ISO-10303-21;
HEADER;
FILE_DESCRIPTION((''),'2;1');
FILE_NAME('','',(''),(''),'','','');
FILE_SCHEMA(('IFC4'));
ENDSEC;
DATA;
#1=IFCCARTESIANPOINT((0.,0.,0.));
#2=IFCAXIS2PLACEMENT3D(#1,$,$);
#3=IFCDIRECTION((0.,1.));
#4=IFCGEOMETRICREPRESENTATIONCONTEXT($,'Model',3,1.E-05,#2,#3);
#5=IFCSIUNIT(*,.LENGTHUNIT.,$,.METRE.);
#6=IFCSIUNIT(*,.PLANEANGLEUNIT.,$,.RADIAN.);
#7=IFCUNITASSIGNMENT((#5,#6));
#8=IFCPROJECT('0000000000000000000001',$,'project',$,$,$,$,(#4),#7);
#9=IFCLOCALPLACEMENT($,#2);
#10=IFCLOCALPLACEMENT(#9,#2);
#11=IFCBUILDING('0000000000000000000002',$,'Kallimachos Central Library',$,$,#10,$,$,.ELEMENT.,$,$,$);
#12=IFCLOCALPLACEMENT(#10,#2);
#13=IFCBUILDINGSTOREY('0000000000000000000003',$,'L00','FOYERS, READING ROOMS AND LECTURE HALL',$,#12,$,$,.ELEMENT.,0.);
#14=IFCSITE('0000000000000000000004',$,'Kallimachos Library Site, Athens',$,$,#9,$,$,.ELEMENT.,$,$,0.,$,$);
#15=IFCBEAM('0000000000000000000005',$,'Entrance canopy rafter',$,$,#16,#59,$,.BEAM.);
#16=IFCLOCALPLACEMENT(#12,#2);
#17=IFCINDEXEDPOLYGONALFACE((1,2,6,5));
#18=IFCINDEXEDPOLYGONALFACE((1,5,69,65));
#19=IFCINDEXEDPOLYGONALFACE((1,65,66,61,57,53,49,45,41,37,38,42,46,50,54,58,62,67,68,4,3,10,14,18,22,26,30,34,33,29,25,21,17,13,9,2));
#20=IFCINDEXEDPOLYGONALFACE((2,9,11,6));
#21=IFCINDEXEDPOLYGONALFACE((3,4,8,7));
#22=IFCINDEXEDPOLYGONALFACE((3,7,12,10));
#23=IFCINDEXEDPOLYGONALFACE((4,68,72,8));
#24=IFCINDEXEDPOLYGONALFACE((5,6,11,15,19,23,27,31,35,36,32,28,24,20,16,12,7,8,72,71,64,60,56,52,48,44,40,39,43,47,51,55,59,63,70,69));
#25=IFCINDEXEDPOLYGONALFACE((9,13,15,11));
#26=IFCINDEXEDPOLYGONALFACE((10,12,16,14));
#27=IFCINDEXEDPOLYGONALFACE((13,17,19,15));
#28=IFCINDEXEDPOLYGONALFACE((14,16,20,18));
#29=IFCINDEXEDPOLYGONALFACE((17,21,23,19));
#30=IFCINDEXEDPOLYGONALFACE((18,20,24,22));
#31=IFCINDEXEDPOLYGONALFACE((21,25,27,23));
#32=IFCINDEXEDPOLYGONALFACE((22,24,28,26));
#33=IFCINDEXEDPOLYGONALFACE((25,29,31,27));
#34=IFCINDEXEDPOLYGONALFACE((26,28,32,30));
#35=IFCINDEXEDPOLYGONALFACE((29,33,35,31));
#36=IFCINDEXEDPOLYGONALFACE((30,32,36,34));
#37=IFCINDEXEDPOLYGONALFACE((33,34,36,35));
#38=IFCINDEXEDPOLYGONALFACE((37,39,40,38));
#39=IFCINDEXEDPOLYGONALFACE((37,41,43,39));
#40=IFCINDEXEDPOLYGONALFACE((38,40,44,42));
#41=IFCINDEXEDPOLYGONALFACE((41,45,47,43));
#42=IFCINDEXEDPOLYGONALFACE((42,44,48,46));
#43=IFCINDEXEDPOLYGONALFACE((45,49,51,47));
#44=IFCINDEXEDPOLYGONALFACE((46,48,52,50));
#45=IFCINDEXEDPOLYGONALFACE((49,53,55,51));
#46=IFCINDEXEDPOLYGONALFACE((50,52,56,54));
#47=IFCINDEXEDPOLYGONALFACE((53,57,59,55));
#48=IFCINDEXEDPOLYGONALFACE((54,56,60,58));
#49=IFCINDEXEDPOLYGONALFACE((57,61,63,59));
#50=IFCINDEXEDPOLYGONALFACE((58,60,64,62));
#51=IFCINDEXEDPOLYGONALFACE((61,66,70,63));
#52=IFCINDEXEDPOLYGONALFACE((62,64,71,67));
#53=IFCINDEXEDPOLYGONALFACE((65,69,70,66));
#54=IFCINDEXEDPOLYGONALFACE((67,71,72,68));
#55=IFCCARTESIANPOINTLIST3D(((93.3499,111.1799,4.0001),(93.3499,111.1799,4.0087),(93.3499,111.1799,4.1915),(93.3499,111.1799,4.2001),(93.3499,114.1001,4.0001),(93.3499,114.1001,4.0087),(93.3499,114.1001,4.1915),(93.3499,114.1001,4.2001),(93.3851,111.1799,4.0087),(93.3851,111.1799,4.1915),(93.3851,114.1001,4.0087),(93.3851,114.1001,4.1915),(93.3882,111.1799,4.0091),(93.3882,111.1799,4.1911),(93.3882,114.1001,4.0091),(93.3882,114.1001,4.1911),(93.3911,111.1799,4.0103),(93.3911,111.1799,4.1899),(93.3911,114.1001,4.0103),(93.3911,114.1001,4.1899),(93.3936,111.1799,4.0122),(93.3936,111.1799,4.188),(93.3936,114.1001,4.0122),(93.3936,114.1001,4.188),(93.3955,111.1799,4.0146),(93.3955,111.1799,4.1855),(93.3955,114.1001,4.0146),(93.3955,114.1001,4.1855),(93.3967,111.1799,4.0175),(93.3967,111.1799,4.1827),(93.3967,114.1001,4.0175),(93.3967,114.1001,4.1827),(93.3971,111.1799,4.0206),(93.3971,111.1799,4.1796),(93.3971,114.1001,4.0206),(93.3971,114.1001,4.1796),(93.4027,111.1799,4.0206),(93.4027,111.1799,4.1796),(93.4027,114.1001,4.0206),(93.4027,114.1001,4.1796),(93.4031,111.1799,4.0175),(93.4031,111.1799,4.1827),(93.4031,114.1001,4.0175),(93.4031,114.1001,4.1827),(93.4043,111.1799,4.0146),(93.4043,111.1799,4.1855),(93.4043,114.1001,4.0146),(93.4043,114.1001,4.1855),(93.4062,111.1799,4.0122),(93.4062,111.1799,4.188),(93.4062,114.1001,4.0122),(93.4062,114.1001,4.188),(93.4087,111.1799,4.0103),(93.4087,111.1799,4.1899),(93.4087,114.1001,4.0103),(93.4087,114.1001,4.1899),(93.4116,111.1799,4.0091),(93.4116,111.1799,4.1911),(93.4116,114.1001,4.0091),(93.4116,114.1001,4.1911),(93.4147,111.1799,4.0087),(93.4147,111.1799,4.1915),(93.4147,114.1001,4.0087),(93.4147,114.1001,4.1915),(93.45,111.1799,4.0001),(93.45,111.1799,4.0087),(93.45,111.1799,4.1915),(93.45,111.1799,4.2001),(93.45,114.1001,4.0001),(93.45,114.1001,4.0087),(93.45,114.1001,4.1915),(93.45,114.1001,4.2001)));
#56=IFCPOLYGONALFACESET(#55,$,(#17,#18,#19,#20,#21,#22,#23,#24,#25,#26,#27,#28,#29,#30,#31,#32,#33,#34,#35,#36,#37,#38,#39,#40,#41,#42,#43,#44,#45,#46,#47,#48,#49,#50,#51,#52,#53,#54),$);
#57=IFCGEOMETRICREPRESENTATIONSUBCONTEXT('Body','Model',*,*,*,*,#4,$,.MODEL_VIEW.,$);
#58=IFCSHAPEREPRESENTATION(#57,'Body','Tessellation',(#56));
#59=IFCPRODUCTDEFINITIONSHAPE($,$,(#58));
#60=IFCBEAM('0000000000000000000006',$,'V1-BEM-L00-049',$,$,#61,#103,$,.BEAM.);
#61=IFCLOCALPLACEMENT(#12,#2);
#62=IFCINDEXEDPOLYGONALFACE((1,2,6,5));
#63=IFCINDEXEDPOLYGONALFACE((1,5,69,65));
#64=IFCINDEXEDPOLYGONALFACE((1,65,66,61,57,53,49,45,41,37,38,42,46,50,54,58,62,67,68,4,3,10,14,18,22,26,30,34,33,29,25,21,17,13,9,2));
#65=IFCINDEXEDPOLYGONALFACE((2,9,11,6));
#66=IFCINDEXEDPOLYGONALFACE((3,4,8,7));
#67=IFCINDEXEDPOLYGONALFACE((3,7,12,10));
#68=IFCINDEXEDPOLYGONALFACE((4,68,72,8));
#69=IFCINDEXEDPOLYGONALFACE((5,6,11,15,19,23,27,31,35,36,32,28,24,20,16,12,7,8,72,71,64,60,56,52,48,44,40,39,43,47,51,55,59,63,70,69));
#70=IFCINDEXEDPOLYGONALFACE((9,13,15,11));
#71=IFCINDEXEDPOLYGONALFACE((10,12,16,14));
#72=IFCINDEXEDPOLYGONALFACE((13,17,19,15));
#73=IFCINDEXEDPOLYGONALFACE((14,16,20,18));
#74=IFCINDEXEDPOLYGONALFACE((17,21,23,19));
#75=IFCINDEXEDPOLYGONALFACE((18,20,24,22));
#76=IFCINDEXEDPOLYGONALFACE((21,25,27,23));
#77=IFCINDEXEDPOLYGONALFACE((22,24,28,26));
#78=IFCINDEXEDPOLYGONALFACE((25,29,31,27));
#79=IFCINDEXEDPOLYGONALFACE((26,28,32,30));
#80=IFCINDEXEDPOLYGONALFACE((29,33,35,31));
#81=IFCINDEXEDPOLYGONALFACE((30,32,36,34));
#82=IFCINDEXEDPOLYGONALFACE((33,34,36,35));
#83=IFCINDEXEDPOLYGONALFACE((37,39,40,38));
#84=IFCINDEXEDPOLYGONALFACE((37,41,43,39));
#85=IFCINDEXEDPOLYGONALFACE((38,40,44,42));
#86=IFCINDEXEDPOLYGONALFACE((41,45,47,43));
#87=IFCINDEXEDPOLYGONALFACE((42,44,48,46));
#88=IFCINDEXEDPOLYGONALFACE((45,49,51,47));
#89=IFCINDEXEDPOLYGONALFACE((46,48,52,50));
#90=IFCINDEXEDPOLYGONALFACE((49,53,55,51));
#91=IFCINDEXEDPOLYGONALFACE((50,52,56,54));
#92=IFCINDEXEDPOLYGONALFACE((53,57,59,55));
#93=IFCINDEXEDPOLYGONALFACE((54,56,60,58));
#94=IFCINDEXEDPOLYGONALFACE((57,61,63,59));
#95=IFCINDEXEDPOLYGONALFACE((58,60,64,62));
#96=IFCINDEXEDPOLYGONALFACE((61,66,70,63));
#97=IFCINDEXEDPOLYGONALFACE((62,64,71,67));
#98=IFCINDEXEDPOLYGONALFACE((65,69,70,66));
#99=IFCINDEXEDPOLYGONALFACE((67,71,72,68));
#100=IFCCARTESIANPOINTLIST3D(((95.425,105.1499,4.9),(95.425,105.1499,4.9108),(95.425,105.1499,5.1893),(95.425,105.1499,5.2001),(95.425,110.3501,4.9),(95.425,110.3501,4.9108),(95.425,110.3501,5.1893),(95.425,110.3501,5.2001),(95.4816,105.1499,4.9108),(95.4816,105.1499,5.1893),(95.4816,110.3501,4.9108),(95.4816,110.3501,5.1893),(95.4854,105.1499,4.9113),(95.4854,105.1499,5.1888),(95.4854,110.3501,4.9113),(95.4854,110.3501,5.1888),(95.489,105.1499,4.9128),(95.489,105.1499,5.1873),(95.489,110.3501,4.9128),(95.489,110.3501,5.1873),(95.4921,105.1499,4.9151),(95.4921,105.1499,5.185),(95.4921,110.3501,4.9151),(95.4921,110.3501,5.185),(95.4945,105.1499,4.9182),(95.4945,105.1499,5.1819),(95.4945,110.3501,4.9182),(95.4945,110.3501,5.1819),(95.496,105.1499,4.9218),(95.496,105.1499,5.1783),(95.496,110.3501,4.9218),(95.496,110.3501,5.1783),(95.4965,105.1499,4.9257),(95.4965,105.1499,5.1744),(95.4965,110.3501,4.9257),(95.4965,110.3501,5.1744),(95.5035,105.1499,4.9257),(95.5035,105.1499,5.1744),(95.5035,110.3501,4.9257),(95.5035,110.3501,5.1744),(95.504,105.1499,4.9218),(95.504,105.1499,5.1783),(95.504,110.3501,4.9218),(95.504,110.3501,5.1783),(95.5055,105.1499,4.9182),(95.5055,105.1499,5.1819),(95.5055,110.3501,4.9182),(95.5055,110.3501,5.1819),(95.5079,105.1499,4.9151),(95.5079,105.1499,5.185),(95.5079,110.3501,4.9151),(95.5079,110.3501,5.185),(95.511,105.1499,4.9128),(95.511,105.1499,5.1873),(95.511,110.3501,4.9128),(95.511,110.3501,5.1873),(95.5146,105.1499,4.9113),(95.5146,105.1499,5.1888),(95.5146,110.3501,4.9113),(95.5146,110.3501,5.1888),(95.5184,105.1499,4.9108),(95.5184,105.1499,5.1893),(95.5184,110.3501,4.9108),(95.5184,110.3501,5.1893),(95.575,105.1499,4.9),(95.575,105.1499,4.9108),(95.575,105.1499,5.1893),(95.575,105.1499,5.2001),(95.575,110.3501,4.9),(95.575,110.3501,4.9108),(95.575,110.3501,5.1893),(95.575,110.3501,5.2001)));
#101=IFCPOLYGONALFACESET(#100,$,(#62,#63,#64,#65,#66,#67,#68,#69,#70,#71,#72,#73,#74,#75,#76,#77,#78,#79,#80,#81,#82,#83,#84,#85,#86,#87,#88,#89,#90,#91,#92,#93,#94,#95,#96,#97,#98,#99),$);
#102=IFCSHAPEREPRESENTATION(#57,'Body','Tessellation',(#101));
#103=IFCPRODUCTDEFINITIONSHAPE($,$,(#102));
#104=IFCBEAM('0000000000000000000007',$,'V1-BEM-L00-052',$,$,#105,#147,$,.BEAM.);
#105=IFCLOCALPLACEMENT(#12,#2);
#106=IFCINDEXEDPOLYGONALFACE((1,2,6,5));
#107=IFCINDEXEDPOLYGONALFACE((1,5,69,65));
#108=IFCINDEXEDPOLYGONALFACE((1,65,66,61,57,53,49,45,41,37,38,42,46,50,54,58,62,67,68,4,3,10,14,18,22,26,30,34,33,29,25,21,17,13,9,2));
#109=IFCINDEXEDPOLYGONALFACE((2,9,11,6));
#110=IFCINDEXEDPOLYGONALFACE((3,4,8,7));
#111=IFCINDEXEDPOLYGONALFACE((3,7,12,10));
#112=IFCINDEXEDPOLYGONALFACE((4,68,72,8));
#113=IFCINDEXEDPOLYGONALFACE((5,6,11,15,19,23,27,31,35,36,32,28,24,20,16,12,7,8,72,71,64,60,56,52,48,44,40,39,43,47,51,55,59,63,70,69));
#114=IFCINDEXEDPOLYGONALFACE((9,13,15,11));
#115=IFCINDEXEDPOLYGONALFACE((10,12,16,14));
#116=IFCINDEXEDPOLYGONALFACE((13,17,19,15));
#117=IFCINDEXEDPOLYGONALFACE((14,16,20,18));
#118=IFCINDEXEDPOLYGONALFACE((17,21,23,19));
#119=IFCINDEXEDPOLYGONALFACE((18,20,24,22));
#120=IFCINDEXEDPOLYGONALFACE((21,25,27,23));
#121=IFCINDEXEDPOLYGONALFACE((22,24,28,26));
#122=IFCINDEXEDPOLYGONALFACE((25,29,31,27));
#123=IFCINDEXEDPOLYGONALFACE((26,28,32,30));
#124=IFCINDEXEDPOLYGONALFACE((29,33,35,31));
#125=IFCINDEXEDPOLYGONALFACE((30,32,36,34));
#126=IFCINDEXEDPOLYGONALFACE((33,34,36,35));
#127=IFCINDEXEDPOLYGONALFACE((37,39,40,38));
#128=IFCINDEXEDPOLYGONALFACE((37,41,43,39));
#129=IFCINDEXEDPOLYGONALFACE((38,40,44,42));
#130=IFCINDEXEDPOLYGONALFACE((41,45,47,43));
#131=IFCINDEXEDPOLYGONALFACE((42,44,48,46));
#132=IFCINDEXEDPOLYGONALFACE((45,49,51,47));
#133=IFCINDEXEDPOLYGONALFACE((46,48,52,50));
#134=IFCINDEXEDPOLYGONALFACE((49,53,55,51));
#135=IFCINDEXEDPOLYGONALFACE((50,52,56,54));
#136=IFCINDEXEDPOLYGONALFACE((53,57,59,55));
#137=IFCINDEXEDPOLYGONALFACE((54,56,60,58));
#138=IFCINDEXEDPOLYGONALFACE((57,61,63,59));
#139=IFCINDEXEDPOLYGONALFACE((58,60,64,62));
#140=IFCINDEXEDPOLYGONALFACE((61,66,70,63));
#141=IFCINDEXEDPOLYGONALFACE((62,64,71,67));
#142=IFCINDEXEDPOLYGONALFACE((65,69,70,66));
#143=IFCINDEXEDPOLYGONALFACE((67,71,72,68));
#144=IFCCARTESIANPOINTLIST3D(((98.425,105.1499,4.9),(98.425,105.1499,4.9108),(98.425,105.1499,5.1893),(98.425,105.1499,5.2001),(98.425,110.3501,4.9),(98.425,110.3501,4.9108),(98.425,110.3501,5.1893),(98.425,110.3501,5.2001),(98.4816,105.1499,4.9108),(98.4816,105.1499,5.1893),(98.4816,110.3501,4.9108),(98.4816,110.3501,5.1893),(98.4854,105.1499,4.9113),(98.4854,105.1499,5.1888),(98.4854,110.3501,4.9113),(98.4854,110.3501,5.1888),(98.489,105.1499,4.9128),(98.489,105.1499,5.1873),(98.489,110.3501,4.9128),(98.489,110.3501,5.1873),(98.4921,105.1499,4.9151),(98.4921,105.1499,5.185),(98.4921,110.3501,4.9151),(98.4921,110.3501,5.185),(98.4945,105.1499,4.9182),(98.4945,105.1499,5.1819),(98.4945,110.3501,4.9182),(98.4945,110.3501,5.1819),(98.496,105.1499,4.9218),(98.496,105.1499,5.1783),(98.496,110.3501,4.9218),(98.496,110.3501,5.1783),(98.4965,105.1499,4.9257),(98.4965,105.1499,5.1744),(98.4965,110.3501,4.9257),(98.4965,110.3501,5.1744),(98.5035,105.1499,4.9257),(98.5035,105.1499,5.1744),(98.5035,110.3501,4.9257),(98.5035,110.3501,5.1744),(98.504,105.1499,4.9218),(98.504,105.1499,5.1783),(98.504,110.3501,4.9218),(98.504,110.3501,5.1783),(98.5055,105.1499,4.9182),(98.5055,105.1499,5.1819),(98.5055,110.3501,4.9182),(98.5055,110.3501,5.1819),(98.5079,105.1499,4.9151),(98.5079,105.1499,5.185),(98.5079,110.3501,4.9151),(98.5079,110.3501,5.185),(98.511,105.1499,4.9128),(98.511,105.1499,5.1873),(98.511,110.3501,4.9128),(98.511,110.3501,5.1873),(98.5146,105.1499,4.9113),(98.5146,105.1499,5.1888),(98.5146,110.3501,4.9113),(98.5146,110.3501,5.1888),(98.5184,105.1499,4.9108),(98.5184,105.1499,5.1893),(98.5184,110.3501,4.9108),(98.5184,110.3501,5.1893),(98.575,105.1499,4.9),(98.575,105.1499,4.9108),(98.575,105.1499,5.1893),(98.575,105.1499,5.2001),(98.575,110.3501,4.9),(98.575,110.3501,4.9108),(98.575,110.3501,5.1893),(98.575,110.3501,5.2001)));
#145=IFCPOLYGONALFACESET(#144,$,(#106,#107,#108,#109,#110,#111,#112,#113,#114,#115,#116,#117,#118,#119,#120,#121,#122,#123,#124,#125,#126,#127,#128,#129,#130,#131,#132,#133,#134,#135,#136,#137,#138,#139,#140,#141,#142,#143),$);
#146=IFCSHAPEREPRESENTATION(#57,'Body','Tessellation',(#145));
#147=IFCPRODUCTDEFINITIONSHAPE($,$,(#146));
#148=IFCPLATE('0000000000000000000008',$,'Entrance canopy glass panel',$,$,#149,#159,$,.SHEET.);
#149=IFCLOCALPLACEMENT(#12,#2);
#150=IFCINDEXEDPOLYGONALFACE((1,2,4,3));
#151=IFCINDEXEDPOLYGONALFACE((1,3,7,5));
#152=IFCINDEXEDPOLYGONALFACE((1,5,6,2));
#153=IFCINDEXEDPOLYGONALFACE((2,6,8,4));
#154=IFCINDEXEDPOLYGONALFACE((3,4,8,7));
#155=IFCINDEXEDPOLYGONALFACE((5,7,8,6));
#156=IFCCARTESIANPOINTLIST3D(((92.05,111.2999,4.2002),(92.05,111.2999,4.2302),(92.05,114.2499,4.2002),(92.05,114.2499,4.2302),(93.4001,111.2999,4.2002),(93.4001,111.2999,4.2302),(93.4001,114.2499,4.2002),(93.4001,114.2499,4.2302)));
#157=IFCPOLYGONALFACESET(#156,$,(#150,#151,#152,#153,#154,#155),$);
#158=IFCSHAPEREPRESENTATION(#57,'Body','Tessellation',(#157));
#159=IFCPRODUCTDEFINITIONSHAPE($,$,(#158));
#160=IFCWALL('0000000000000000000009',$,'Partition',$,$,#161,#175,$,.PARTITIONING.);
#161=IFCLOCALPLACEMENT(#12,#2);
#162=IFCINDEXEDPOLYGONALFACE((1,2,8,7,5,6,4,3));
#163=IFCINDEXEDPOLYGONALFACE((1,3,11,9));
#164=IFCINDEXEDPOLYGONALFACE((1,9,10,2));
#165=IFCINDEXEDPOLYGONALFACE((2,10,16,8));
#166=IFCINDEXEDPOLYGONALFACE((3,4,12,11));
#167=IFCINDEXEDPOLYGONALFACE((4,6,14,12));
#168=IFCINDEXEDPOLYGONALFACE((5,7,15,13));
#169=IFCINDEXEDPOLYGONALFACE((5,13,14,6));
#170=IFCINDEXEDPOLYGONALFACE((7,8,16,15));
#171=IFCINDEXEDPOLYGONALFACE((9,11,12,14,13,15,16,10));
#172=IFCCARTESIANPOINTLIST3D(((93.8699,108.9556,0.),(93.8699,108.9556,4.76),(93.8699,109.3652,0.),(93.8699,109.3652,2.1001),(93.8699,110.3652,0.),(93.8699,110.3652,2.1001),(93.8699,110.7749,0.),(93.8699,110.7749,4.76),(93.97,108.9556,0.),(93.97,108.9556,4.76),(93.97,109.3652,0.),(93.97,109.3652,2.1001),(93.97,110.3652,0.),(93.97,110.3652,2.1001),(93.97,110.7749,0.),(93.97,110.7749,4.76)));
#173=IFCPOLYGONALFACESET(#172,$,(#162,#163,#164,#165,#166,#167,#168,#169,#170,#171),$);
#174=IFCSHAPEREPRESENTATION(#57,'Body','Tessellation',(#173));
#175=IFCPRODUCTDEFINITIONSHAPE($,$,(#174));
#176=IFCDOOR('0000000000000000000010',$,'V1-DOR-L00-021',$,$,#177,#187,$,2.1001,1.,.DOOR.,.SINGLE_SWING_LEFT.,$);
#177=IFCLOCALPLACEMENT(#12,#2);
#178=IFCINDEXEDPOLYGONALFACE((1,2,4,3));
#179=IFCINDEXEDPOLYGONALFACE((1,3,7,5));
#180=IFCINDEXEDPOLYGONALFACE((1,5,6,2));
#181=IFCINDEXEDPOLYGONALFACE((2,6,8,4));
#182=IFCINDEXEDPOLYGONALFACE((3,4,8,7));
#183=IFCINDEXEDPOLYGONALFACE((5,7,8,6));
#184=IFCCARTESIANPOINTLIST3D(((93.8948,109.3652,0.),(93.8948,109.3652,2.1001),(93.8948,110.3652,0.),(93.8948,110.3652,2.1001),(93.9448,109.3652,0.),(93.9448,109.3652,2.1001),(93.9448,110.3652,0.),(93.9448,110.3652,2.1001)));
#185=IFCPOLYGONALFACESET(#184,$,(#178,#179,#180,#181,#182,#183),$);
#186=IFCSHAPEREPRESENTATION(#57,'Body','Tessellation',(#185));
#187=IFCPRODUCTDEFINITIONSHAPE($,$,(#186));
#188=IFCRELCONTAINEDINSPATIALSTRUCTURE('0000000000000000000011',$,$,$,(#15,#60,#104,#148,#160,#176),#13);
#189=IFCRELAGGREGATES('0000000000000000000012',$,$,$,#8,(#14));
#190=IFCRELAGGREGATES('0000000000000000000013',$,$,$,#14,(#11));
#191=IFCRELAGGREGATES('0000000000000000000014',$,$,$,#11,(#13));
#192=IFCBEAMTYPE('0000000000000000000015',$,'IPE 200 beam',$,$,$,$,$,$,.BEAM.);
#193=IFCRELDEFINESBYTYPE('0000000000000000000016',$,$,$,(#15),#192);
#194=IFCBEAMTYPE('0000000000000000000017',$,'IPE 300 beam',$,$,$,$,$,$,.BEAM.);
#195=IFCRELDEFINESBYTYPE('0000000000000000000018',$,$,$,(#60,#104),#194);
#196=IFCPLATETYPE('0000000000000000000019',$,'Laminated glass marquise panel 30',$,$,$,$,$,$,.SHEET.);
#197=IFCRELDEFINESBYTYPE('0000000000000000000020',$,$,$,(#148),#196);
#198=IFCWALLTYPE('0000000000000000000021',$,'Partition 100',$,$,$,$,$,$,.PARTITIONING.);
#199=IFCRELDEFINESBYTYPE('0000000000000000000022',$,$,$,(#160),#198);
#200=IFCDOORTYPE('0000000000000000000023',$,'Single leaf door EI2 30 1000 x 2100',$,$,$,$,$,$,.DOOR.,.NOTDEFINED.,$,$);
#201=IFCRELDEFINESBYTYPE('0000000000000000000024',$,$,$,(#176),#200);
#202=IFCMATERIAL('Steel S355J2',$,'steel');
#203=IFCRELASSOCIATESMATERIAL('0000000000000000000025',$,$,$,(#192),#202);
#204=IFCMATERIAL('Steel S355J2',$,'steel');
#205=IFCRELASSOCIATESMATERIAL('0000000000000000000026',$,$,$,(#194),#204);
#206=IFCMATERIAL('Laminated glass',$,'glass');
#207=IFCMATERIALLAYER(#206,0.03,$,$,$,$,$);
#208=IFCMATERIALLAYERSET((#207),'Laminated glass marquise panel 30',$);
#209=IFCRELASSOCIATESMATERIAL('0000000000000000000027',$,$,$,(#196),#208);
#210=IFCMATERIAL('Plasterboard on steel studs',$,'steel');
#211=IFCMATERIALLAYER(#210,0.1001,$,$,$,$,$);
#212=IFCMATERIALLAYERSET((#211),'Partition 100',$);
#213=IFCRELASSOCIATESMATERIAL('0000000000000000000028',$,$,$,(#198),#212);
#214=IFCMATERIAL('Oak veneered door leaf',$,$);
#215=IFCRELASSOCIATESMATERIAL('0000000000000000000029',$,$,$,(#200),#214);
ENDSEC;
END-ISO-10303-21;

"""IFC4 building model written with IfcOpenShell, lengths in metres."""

from ifc_helpers import new_model, si_unit, direction, frame, frame_2d, origin, origin_2d, place, context, subcontext, project, spatial, rectangle, i_section, extrude, material, layer, layer_set, material_profile, profile_set, type_object, element, fill, save


model = new_model("IFC4")

# Units and contexts
model_context = context("Model", 3, precision=1e-05, world=origin(), true_north=direction((0.0, 1.0)))
body_context = subcontext(model_context, "Body", "Model", "MODEL_VIEW")
ifc_project = project(units=[si_unit("LENGTHUNIT", "METRE"), si_unit("PLANEANGLEUNIT", "RADIAN")], contexts=[model_context])

# Site, building, storey
site_placement = place(None, origin())
site = spatial("IfcSite", under=ifc_project, at=site_placement, Name="Kallimachos Library Site, Athens", CompositionType="ELEMENT", RefElevation=0.0)
building_placement = place(site_placement, origin())
building = spatial("IfcBuilding", under=site, at=building_placement, Name="Kallimachos Central Library", CompositionType="ELEMENT")
storey_placement = place(building_placement, origin())
storey = spatial("IfcBuildingStorey", under=building, at=storey_placement, Name="L00", Description="FOYERS, READING ROOMS AND LECTURE HALL", CompositionType="ELEMENT", Elevation=0.0)

# Beams
ifc_material_1 = material(Name="Steel S355J2", Category="steel")
ifc_material_profile_1 = material_profile(ifc_material_1, i_section(OverallWidth=0.1001, OverallDepth=0.2, WebThickness=0.0056, FlangeThickness=0.0085, FilletRadius=0.012, at=origin_2d()), Name="IPE 200")
ifc_profile_set_1 = profile_set([ifc_material_profile_1], Name="Steel S355J2")
beam_type_1 = type_object("IfcBeamType", Name="IPE 200 beam", PredefinedType="BEAM", material=ifc_profile_set_1)
beam_1_placement = place(storey_placement, frame((93.3999, 111.1799, 4.1001), z_axis=(0.0, 1.0, 0.0), x_axis=(-1.0, 0.0, 0.0)))
element("IfcBeam", 1, at=beam_1_placement, inside=storey, type_object=beam_type_1, Name="Entrance canopy rafter", PredefinedType="BEAM", context=body_context, shape_type="SweptSolid", body=[
    extrude(i_section(OverallWidth=0.1001, OverallDepth=0.2, WebThickness=0.0056, FlangeThickness=0.0085, FilletRadius=0.012, at=origin_2d()), origin(), (0.0, 0.0, 1.0), 2.9202),
])
ifc_material_2 = material(Name="Steel S355J2", Category="steel")
ifc_material_profile_2 = material_profile(ifc_material_2, i_section(OverallWidth=0.1499, OverallDepth=0.3, WebThickness=0.0071, FlangeThickness=0.0107, FilletRadius=0.0149, at=origin_2d()), Name="IPE 300")
ifc_profile_set_2 = profile_set([ifc_material_profile_2], Name="Steel S355J2")
beam_type_2 = type_object("IfcBeamType", Name="IPE 300 beam", PredefinedType="BEAM", material=ifc_profile_set_2)
for number, where, z_axis, x_axis, name in (
    (2, (95.5, 105.1499, 5.05), (0.0, 1.0, 0.0), (-1.0, 0.0, 0.0), "V1-BEM-L00-049"),
    (3, (98.5, 105.1499, 5.05), (0.0, 1.0, 0.0), (-1.0, 0.0, 0.0), "V1-BEM-L00-052"),
):
    element("IfcBeam", number, at=place(storey_placement, frame(where, z_axis=z_axis, x_axis=x_axis)), inside=storey, type_object=beam_type_2, Name=name, PredefinedType="BEAM", context=body_context, shape_type="SweptSolid", body=[
        extrude(i_section(OverallWidth=0.1499, OverallDepth=0.3, WebThickness=0.0071, FlangeThickness=0.0107, FilletRadius=0.0149, at=origin_2d()), origin(), (0.0, 0.0, 1.0), 5.2002),
    ])

# Plate
ifc_material_3 = material(Name="Laminated glass", Category="glass")
ifc_layer_1 = layer(ifc_material_3, 0.03)
ifc_layer_set_1 = layer_set([ifc_layer_1], Name="Laminated glass marquise panel 30")
plate_type = type_object("IfcPlateType", Name="Laminated glass marquise panel 30", PredefinedType="SHEET", material=ifc_layer_set_1)
plate_placement = place(storey_placement, frame((92.7251, 112.7749, 4.2002), z_axis=(0.0, 0.0, 1.0), x_axis=(1.0, 0.0, 0.0)))
element("IfcPlate", 4, at=plate_placement, inside=storey, type_object=plate_type, Name="Entrance canopy glass panel", PredefinedType="SHEET", context=body_context, shape_type="SweptSolid", body=[
    extrude(rectangle(XDim=1.3501, YDim=2.95, at=origin_2d()), origin(), (0.0, 0.0, 1.0), 0.03),
])

# Wall, opening, door
ifc_material_4 = material(Name="Plasterboard on steel studs", Category="steel")
ifc_layer_2 = layer(ifc_material_4, 0.1001)
ifc_layer_set_2 = layer_set([ifc_layer_2], Name="Partition 100")
wall_type = type_object("IfcWallType", Name="Partition 100", PredefinedType="PARTITIONING", material=ifc_layer_set_2)
wall_1_placement = place(storey_placement, frame((93.9199, 110.7749, 0.0), z_axis=(0.0, 0.0, 1.0), x_axis=(0.0, -1.0, 0.0)))
wall_1 = element("IfcWall", 5, at=wall_1_placement, inside=storey, type_object=wall_type, Name="Partition", PredefinedType="PARTITIONING", context=body_context, shape_type="SweptSolid", body=[
    extrude(rectangle(XDim=1.8193, YDim=0.1001, at=frame_2d((0.9097, 0.0))), origin(), (0.0, 0.0, 1.0), 4.76),
])
opening_1_placement = place(wall_1_placement, frame((0.4097, 0.0, 0.0)))
opening_1 = element("IfcOpeningElement", 6, at=opening_1_placement, cuts=wall_1, PredefinedType="OPENING", context=body_context, shape_type="SweptSolid", body=[
    extrude(rectangle(XDim=1.0, YDim=2.1001, at=frame_2d((0.5, 1.05))), frame((0.0, 0.0601, 0.0), z_axis=(0.0, -1.0, 0.0), x_axis=(1.0, 0.0, 0.0)), (0.0, 0.0, 1.0), 0.1201),
])
ifc_material_5 = material(Name="Oak veneered door leaf")
door_type = type_object("IfcDoorType", Name="Single leaf door EI2 30 1000 x 2100", OperationType="NOTDEFINED", PredefinedType="DOOR", material=ifc_material_5)
door_1_placement = place(opening_1_placement, origin())
door_1 = element("IfcDoor", 7, at=door_1_placement, inside=storey, type_object=door_type, Name="V1-DOR-L00-021", OperationType="SINGLE_SWING_LEFT", OverallHeight=2.1001, OverallWidth=1.0, PredefinedType="DOOR", context=body_context, shape_type="SweptSolid", body=[
    extrude(rectangle(XDim=1.0, YDim=2.1001, at=frame_2d((0.5, 1.05))), frame((0.0, 0.0249, 0.0), z_axis=(0.0, -1.0, 0.0), x_axis=(1.0, 0.0, 0.0)), (0.0, 0.0, 1.0), 0.05),
])
fill(opening_1, door_1)

save(model, "model.ifc")
